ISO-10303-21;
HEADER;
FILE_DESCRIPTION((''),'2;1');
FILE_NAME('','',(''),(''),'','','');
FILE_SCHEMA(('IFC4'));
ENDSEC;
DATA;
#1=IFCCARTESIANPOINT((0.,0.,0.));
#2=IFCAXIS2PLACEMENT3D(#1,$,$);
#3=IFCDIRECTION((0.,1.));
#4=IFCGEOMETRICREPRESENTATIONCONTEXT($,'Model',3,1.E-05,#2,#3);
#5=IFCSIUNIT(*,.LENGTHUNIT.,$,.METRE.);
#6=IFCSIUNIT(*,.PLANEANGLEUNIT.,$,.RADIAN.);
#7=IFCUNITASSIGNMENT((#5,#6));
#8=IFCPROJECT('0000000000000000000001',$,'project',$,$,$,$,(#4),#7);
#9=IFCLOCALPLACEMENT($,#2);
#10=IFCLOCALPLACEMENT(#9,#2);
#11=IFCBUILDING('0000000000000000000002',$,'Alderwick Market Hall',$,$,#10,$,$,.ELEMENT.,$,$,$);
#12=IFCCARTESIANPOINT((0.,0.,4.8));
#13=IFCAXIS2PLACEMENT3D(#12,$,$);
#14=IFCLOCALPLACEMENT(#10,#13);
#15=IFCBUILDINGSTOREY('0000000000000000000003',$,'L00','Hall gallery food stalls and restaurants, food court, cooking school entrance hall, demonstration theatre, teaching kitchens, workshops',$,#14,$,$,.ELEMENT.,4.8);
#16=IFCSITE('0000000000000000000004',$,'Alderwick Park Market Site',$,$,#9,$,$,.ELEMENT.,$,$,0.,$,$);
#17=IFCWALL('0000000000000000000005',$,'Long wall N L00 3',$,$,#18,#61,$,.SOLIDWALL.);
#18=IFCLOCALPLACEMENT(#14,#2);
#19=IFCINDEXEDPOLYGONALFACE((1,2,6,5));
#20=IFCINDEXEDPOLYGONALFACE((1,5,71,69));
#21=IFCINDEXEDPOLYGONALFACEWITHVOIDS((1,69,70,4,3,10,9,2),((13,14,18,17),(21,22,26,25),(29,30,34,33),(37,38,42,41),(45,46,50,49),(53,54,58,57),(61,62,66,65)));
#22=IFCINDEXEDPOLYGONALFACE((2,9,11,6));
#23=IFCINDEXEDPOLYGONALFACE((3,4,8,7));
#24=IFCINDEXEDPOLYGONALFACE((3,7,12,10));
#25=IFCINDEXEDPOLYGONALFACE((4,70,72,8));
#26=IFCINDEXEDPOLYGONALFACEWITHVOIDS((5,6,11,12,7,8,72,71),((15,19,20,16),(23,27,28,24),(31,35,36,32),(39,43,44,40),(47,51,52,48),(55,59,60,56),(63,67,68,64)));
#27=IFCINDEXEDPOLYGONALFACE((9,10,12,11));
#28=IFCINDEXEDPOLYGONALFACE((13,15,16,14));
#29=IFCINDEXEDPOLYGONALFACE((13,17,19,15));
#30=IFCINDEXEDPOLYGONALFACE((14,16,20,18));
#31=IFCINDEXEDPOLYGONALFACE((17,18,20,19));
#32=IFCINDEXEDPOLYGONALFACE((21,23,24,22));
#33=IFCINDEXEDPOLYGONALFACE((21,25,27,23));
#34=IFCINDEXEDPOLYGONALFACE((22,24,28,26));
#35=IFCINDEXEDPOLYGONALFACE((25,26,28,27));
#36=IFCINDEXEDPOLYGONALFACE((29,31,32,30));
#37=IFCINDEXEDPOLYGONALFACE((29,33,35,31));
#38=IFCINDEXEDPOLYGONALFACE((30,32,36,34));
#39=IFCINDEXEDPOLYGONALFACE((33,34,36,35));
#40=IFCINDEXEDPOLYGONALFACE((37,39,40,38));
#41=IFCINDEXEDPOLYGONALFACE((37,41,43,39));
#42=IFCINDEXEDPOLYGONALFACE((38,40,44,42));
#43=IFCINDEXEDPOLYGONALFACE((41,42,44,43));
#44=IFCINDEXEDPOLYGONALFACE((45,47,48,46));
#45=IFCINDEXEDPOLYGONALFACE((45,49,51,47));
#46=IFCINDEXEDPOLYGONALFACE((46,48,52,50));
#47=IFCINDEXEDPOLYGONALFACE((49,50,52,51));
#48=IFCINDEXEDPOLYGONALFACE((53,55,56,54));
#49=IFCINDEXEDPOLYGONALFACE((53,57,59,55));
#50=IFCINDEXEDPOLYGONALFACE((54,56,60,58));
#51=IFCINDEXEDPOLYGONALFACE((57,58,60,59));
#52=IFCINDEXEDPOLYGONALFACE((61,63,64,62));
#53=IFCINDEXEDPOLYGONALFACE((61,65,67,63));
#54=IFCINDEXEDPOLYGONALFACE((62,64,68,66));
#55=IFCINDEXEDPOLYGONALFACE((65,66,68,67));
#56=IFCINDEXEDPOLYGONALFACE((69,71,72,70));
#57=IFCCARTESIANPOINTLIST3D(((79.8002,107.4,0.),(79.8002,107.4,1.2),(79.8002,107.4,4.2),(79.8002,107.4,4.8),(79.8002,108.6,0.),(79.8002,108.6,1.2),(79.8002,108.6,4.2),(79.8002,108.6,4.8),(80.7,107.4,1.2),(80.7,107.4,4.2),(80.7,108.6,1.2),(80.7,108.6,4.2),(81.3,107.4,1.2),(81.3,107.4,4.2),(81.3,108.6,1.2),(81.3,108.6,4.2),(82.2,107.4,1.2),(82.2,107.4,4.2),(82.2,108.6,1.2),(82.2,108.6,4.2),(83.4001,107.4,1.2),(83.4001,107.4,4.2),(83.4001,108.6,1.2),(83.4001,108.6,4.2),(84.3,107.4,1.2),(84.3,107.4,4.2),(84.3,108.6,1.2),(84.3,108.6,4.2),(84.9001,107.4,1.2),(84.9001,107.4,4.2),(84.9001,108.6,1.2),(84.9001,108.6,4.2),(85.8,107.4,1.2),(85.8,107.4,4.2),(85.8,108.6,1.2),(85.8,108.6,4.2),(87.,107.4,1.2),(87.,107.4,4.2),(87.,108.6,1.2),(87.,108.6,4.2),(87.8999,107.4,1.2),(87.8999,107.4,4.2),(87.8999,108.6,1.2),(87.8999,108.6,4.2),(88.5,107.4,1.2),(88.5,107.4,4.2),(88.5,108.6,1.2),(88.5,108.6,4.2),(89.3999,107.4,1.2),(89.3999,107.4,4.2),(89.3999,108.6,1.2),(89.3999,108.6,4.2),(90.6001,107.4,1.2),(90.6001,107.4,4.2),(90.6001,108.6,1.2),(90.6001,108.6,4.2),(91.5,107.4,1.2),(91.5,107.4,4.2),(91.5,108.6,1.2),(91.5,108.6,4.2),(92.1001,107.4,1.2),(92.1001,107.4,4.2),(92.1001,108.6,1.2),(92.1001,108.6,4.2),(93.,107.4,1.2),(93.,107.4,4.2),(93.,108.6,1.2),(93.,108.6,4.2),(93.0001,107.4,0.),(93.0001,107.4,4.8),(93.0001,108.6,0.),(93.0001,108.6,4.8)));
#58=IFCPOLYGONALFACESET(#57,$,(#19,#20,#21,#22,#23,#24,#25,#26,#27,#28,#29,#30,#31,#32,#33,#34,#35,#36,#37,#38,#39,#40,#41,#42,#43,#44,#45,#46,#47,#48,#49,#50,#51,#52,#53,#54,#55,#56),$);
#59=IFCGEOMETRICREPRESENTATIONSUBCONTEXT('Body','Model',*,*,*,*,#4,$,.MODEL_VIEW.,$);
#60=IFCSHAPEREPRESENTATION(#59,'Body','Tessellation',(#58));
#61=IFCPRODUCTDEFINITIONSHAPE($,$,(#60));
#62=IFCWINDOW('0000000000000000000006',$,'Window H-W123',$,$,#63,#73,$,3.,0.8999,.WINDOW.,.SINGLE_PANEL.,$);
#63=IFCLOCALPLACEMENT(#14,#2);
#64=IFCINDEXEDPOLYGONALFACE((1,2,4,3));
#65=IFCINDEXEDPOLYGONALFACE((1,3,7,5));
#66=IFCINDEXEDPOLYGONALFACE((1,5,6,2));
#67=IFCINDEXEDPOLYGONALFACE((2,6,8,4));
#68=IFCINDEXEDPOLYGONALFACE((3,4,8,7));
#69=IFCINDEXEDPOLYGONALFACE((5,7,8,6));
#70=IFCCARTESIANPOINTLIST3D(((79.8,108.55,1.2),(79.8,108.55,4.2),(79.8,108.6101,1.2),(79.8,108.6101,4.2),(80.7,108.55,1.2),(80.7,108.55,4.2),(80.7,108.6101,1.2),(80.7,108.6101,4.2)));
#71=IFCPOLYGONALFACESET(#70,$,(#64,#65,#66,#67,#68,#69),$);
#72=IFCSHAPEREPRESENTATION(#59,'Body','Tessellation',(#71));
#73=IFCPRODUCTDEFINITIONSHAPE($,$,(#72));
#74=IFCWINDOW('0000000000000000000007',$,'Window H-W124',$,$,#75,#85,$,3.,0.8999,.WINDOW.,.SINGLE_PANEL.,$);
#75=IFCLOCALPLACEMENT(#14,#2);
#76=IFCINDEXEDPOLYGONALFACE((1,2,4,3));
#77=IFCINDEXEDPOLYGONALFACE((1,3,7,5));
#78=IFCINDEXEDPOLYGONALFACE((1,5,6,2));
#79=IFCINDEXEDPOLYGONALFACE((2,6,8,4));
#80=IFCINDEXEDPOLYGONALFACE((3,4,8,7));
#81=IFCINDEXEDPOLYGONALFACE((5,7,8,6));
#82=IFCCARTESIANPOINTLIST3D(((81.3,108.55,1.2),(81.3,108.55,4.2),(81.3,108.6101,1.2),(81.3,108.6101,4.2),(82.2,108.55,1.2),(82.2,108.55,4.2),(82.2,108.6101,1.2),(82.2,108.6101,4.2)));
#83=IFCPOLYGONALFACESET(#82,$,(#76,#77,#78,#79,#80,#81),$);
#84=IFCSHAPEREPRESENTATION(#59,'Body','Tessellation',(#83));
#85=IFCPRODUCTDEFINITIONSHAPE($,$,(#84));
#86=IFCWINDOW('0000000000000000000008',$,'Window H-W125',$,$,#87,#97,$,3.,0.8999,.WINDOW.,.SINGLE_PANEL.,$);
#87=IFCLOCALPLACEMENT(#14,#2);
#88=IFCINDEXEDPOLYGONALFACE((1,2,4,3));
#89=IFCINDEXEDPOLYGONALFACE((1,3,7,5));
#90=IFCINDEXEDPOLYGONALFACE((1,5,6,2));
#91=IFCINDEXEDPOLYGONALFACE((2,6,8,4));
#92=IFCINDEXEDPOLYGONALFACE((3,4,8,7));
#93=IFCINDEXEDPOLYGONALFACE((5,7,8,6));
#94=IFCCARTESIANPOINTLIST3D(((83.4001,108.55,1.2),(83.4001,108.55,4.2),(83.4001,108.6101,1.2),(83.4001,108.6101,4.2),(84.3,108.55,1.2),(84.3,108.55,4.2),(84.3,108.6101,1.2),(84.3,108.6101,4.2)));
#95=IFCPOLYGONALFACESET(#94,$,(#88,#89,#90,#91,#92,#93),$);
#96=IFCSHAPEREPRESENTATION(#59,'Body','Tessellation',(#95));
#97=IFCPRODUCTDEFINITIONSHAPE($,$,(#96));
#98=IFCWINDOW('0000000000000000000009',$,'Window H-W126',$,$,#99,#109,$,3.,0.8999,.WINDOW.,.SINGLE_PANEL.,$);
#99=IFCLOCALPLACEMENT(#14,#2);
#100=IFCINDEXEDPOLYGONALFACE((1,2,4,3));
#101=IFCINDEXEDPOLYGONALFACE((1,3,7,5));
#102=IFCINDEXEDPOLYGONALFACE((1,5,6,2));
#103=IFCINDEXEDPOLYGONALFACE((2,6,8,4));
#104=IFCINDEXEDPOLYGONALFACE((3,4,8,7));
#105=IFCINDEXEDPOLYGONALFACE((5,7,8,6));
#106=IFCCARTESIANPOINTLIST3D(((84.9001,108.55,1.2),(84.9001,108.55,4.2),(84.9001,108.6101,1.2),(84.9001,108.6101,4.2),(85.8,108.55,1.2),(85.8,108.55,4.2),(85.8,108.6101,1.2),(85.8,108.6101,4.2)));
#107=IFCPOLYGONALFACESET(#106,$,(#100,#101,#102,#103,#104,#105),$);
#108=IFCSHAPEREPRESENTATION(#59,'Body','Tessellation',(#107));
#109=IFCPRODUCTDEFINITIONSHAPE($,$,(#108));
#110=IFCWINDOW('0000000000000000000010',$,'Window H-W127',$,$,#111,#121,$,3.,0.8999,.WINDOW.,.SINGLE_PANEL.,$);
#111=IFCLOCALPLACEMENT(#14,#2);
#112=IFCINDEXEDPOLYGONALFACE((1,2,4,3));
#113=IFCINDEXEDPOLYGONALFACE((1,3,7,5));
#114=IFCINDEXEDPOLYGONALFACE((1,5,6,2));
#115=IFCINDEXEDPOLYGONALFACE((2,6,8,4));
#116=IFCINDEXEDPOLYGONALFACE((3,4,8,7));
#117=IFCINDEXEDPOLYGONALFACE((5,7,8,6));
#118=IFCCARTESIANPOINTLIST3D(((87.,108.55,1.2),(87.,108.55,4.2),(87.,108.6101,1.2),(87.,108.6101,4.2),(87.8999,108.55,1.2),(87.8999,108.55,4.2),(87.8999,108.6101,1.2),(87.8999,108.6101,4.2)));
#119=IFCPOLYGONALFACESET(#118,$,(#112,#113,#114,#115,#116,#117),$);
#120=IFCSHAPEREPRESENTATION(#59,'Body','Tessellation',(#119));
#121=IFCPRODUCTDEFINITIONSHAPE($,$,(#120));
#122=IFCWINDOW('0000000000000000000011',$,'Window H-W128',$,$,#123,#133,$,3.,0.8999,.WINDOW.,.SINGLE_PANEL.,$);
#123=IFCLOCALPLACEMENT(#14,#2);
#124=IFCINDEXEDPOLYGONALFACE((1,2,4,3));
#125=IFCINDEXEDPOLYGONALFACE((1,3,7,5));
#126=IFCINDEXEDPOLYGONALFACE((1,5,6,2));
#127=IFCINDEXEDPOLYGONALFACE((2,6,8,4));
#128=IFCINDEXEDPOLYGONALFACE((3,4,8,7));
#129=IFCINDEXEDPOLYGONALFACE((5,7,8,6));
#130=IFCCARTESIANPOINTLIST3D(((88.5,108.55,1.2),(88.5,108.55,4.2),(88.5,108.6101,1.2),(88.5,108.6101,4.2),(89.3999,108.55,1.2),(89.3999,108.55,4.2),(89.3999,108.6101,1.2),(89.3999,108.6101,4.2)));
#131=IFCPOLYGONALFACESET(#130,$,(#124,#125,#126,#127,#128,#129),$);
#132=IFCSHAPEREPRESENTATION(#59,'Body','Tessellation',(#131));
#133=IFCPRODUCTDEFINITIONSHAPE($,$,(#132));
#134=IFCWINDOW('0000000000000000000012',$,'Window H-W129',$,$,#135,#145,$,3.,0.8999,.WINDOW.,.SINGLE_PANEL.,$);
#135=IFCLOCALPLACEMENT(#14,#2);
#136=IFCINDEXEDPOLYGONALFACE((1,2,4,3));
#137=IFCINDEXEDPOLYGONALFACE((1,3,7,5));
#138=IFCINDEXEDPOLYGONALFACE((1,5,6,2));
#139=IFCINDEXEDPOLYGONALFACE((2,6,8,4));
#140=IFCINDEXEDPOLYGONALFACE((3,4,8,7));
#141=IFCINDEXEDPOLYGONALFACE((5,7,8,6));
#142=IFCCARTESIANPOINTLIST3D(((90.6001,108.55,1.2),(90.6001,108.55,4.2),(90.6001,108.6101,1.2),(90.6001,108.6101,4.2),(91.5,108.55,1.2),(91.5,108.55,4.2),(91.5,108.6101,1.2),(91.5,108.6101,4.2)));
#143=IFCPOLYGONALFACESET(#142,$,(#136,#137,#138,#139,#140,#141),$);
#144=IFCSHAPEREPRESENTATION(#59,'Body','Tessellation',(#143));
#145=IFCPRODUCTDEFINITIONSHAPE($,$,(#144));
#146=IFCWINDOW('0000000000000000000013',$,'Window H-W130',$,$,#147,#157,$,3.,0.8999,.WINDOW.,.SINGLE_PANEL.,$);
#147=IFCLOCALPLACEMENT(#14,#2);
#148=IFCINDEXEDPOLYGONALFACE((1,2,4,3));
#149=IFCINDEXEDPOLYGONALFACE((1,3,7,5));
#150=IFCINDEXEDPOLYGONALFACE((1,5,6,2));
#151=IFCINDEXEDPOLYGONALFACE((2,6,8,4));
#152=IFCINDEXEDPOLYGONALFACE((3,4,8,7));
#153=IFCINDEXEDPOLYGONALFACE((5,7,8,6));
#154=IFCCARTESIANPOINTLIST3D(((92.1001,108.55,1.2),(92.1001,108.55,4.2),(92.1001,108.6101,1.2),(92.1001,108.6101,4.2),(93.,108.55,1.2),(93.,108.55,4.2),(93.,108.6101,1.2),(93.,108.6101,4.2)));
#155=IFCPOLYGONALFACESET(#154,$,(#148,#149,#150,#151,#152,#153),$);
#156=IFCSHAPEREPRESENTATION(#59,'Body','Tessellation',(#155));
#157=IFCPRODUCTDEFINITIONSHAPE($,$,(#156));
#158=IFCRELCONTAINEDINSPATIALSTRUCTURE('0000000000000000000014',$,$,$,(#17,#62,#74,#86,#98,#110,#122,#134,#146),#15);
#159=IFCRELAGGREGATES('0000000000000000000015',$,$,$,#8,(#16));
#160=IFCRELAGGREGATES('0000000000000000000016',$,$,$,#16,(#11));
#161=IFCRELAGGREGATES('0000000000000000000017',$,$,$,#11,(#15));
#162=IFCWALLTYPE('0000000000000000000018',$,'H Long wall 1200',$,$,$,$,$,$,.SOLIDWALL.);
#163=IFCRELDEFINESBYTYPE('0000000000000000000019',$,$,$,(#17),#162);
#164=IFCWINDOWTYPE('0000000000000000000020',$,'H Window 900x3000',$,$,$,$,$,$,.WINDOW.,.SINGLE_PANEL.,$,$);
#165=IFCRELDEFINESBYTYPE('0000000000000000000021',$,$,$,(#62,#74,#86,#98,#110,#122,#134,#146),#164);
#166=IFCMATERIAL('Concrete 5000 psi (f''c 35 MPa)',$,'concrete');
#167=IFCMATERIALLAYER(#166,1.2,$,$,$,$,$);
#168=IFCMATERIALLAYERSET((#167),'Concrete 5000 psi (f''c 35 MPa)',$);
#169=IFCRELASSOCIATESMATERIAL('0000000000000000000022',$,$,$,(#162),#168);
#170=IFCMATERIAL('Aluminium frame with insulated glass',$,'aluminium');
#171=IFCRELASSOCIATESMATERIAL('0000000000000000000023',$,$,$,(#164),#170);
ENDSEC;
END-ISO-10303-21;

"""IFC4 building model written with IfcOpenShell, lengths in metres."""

from ifc_helpers import new_model, si_unit, direction, frame, frame_2d, origin, place, context, subcontext, project, spatial, rectangle, extrude, material, layer, layer_set, type_object, element, fill, save


model = new_model("IFC4")

# Units and contexts
model_context = context("Model", 3, precision=1e-05, world=origin(), true_north=direction((0.0, 1.0)))
body_context = subcontext(model_context, "Body", "Model", "MODEL_VIEW")
ifc_project = project(units=[si_unit("LENGTHUNIT", "METRE"), si_unit("PLANEANGLEUNIT", "RADIAN")], contexts=[model_context])

# Site, building, storey
site_placement = place(None, origin())
site = spatial("IfcSite", under=ifc_project, at=site_placement, Name="Alderwick Park Market Site", CompositionType="ELEMENT", RefElevation=0.0)
building_placement = place(site_placement, origin())
building = spatial("IfcBuilding", under=site, at=building_placement, Name="Alderwick Market Hall", CompositionType="ELEMENT")
storey_placement = place(building_placement, frame((0.0, 0.0, 4.8)))
storey = spatial("IfcBuildingStorey", under=building, at=storey_placement, Name="L00", Description="Hall gallery food stalls and restaurants, food court, cooking school entrance hall, demonstration theatre, teaching kitchens, workshops", CompositionType="ELEMENT", Elevation=4.8)

# Shared definitions
ifc_material_1 = material(Name="Concrete 5000 psi (f'c 35 MPa)", Category="concrete")

# Wall, openings, windows
ifc_layer_1 = layer(ifc_material_1, 1.2)
ifc_layer_set_1 = layer_set([ifc_layer_1], Name="Concrete 5000 psi (f'c 35 MPa)")
wall_type_1 = type_object("IfcWallType", Name="H Long wall 1200", PredefinedType="SOLIDWALL", material=ifc_layer_set_1)
wall_1_placement = place(storey_placement, frame((79.8, 108.0, 0.0), z_axis=(0.0, 0.0, 1.0), x_axis=(1.0, 0.0, 0.0)))
wall_1 = element("IfcWall", 1, at=wall_1_placement, inside=storey, type_object=wall_type_1, Name="Long wall N L00 3", PredefinedType="SOLIDWALL", context=body_context, shape_type="SweptSolid", body=[
    extrude(rectangle(XDim=13.2, YDim=1.2, at=frame_2d((6.6001, 0.0))), origin(), (0.0, 0.0, 1.0), 4.8),
])
opening_1_placement = place(wall_1_placement, frame((0.0, 0.0, 1.2)))
opening_1 = element("IfcOpeningElement", 2, at=opening_1_placement, cuts=wall_1, PredefinedType="OPENING", context=body_context, shape_type="SweptSolid", body=[
    extrude(rectangle(XDim=0.8999, YDim=3.0, at=frame_2d((0.45, 1.5))), frame((0.0, 0.6099, 0.0), z_axis=(0.0, -1.0, 0.0), x_axis=(1.0, 0.0, 0.0)), (0.0, 0.0, 1.0), 1.22),
])
opening_2_placement = place(wall_1_placement, frame((1.5, 0.0, 1.2)))
opening_2 = element("IfcOpeningElement", 3, at=opening_2_placement, cuts=wall_1, PredefinedType="OPENING", context=body_context, shape_type="SweptSolid", body=[
    extrude(rectangle(XDim=0.8999, YDim=3.0, at=frame_2d((0.45, 1.5))), frame((0.0, 0.6099, 0.0), z_axis=(0.0, -1.0, 0.0), x_axis=(1.0, 0.0, 0.0)), (0.0, 0.0, 1.0), 1.22),
])
opening_3_placement = place(wall_1_placement, frame((3.6001, 0.0, 1.2)))
opening_3 = element("IfcOpeningElement", 4, at=opening_3_placement, cuts=wall_1, PredefinedType="OPENING", context=body_context, shape_type="SweptSolid", body=[
    extrude(rectangle(XDim=0.8999, YDim=3.0, at=frame_2d((0.45, 1.5))), frame((0.0, 0.6099, 0.0), z_axis=(0.0, -1.0, 0.0), x_axis=(1.0, 0.0, 0.0)), (0.0, 0.0, 1.0), 1.22),
])
opening_4_placement = place(wall_1_placement, frame((5.1001, 0.0, 1.2)))
opening_4 = element("IfcOpeningElement", 5, at=opening_4_placement, cuts=wall_1, PredefinedType="OPENING", context=body_context, shape_type="SweptSolid", body=[
    extrude(rectangle(XDim=0.8999, YDim=3.0, at=frame_2d((0.45, 1.5))), frame((0.0, 0.6099, 0.0), z_axis=(0.0, -1.0, 0.0), x_axis=(1.0, 0.0, 0.0)), (0.0, 0.0, 1.0), 1.22),
])
opening_5_placement = place(wall_1_placement, frame((7.2, 0.0, 1.2)))
opening_5 = element("IfcOpeningElement", 6, at=opening_5_placement, cuts=wall_1, PredefinedType="OPENING", context=body_context, shape_type="SweptSolid", body=[
    extrude(rectangle(XDim=0.8999, YDim=3.0, at=frame_2d((0.45, 1.5))), frame((0.0, 0.6099, 0.0), z_axis=(0.0, -1.0, 0.0), x_axis=(1.0, 0.0, 0.0)), (0.0, 0.0, 1.0), 1.22),
])
opening_6_placement = place(wall_1_placement, frame((8.7, 0.0, 1.2)))
opening_6 = element("IfcOpeningElement", 7, at=opening_6_placement, cuts=wall_1, PredefinedType="OPENING", context=body_context, shape_type="SweptSolid", body=[
    extrude(rectangle(XDim=0.8999, YDim=3.0, at=frame_2d((0.45, 1.5))), frame((0.0, 0.6099, 0.0), z_axis=(0.0, -1.0, 0.0), x_axis=(1.0, 0.0, 0.0)), (0.0, 0.0, 1.0), 1.22),
])
opening_7_placement = place(wall_1_placement, frame((10.8, 0.0, 1.2)))
opening_7 = element("IfcOpeningElement", 8, at=opening_7_placement, cuts=wall_1, PredefinedType="OPENING", context=body_context, shape_type="SweptSolid", body=[
    extrude(rectangle(XDim=0.8999, YDim=3.0, at=frame_2d((0.45, 1.5))), frame((0.0, 0.6099, 0.0), z_axis=(0.0, -1.0, 0.0), x_axis=(1.0, 0.0, 0.0)), (0.0, 0.0, 1.0), 1.22),
])
opening_8_placement = place(wall_1_placement, frame((12.3, 0.0, 1.2)))
opening_8 = element("IfcOpeningElement", 9, at=opening_8_placement, cuts=wall_1, PredefinedType="OPENING", context=body_context, shape_type="SweptSolid", body=[
    extrude(rectangle(XDim=0.8999, YDim=3.0, at=frame_2d((0.45, 1.5))), frame((0.0, 0.6099, 0.0), z_axis=(0.0, -1.0, 0.0), x_axis=(1.0, 0.0, 0.0)), (0.0, 0.0, 1.0), 1.22),
])
ifc_material_2 = material(Name="Aluminium frame with insulated glass", Category="aluminium")
window_type = type_object("IfcWindowType", Name="H Window 900x3000", PartitioningType="SINGLE_PANEL", PredefinedType="WINDOW", material=ifc_material_2)
window_1_placement = place(opening_1_placement, origin())
window_1 = element("IfcWindow", 10, at=window_1_placement, inside=storey, type_object=window_type, Name="Window H-W123", OverallHeight=3.0, OverallWidth=0.8999, PartitioningType="SINGLE_PANEL", PredefinedType="WINDOW", context=body_context, shape_type="SweptSolid", body=[
    extrude(rectangle(XDim=0.8999, YDim=3.0, at=frame_2d((0.45, 1.5))), frame((0.0, 0.6101, 0.0), z_axis=(0.0, -1.0, 0.0), x_axis=(1.0, 0.0, 0.0)), (0.0, 0.0, 1.0), 0.0601),
])
fill(opening_1, window_1)
window_2_placement = place(opening_2_placement, origin())
window_2 = element("IfcWindow", 11, at=window_2_placement, inside=storey, type_object=window_type, Name="Window H-W124", OverallHeight=3.0, OverallWidth=0.8999, PartitioningType="SINGLE_PANEL", PredefinedType="WINDOW", context=body_context, shape_type="SweptSolid", body=[
    extrude(rectangle(XDim=0.8999, YDim=3.0, at=frame_2d((0.45, 1.5))), frame((0.0, 0.6101, 0.0), z_axis=(0.0, -1.0, 0.0), x_axis=(1.0, 0.0, 0.0)), (0.0, 0.0, 1.0), 0.0601),
])
fill(opening_2, window_2)
window_3_placement = place(opening_3_placement, origin())
window_3 = element("IfcWindow", 12, at=window_3_placement, inside=storey, type_object=window_type, Name="Window H-W125", OverallHeight=3.0, OverallWidth=0.8999, PartitioningType="SINGLE_PANEL", PredefinedType="WINDOW", context=body_context, shape_type="SweptSolid", body=[
    extrude(rectangle(XDim=0.8999, YDim=3.0, at=frame_2d((0.45, 1.5))), frame((0.0, 0.6101, 0.0), z_axis=(0.0, -1.0, 0.0), x_axis=(1.0, 0.0, 0.0)), (0.0, 0.0, 1.0), 0.0601),
])
fill(opening_3, window_3)
window_4_placement = place(opening_4_placement, origin())
window_4 = element("IfcWindow", 13, at=window_4_placement, inside=storey, type_object=window_type, Name="Window H-W126", OverallHeight=3.0, OverallWidth=0.8999, PartitioningType="SINGLE_PANEL", PredefinedType="WINDOW", context=body_context, shape_type="SweptSolid", body=[
    extrude(rectangle(XDim=0.8999, YDim=3.0, at=frame_2d((0.45, 1.5))), frame((0.0, 0.6101, 0.0), z_axis=(0.0, -1.0, 0.0), x_axis=(1.0, 0.0, 0.0)), (0.0, 0.0, 1.0), 0.0601),
])
fill(opening_4, window_4)
window_5_placement = place(opening_5_placement, origin())
window_5 = element("IfcWindow", 14, at=window_5_placement, inside=storey, type_object=window_type, Name="Window H-W127", OverallHeight=3.0, OverallWidth=0.8999, PartitioningType="SINGLE_PANEL", PredefinedType="WINDOW", context=body_context, shape_type="SweptSolid", body=[
    extrude(rectangle(XDim=0.8999, YDim=3.0, at=frame_2d((0.45, 1.5))), frame((0.0, 0.6101, 0.0), z_axis=(0.0, -1.0, 0.0), x_axis=(1.0, 0.0, 0.0)), (0.0, 0.0, 1.0), 0.0601),
])
fill(opening_5, window_5)
window_6_placement = place(opening_6_placement, origin())
window_6 = element("IfcWindow", 15, at=window_6_placement, inside=storey, type_object=window_type, Name="Window H-W128", OverallHeight=3.0, OverallWidth=0.8999, PartitioningType="SINGLE_PANEL", PredefinedType="WINDOW", context=body_context, shape_type="SweptSolid", body=[
    extrude(rectangle(XDim=0.8999, YDim=3.0, at=frame_2d((0.45, 1.5))), frame((0.0, 0.6101, 0.0), z_axis=(0.0, -1.0, 0.0), x_axis=(1.0, 0.0, 0.0)), (0.0, 0.0, 1.0), 0.0601),
])
fill(opening_6, window_6)
window_7_placement = place(opening_7_placement, origin())
window_7 = element("IfcWindow", 16, at=window_7_placement, inside=storey, type_object=window_type, Name="Window H-W129", OverallHeight=3.0, OverallWidth=0.8999, PartitioningType="SINGLE_PANEL", PredefinedType="WINDOW", context=body_context, shape_type="SweptSolid", body=[
    extrude(rectangle(XDim=0.8999, YDim=3.0, at=frame_2d((0.45, 1.5))), frame((0.0, 0.6101, 0.0), z_axis=(0.0, -1.0, 0.0), x_axis=(1.0, 0.0, 0.0)), (0.0, 0.0, 1.0), 0.0601),
])
fill(opening_7, window_7)
window_8_placement = place(opening_8_placement, origin())
window_8 = element("IfcWindow", 17, at=window_8_placement, inside=storey, type_object=window_type, Name="Window H-W130", OverallHeight=3.0, OverallWidth=0.8999, PartitioningType="SINGLE_PANEL", PredefinedType="WINDOW", context=body_context, shape_type="SweptSolid", body=[
    extrude(rectangle(XDim=0.8999, YDim=3.0, at=frame_2d((0.45, 1.5))), frame((0.0, 0.6101, 0.0), z_axis=(0.0, -1.0, 0.0), x_axis=(1.0, 0.0, 0.0)), (0.0, 0.0, 1.0), 0.0601),
])
fill(opening_8, window_8)

save(model, "model.ifc")
